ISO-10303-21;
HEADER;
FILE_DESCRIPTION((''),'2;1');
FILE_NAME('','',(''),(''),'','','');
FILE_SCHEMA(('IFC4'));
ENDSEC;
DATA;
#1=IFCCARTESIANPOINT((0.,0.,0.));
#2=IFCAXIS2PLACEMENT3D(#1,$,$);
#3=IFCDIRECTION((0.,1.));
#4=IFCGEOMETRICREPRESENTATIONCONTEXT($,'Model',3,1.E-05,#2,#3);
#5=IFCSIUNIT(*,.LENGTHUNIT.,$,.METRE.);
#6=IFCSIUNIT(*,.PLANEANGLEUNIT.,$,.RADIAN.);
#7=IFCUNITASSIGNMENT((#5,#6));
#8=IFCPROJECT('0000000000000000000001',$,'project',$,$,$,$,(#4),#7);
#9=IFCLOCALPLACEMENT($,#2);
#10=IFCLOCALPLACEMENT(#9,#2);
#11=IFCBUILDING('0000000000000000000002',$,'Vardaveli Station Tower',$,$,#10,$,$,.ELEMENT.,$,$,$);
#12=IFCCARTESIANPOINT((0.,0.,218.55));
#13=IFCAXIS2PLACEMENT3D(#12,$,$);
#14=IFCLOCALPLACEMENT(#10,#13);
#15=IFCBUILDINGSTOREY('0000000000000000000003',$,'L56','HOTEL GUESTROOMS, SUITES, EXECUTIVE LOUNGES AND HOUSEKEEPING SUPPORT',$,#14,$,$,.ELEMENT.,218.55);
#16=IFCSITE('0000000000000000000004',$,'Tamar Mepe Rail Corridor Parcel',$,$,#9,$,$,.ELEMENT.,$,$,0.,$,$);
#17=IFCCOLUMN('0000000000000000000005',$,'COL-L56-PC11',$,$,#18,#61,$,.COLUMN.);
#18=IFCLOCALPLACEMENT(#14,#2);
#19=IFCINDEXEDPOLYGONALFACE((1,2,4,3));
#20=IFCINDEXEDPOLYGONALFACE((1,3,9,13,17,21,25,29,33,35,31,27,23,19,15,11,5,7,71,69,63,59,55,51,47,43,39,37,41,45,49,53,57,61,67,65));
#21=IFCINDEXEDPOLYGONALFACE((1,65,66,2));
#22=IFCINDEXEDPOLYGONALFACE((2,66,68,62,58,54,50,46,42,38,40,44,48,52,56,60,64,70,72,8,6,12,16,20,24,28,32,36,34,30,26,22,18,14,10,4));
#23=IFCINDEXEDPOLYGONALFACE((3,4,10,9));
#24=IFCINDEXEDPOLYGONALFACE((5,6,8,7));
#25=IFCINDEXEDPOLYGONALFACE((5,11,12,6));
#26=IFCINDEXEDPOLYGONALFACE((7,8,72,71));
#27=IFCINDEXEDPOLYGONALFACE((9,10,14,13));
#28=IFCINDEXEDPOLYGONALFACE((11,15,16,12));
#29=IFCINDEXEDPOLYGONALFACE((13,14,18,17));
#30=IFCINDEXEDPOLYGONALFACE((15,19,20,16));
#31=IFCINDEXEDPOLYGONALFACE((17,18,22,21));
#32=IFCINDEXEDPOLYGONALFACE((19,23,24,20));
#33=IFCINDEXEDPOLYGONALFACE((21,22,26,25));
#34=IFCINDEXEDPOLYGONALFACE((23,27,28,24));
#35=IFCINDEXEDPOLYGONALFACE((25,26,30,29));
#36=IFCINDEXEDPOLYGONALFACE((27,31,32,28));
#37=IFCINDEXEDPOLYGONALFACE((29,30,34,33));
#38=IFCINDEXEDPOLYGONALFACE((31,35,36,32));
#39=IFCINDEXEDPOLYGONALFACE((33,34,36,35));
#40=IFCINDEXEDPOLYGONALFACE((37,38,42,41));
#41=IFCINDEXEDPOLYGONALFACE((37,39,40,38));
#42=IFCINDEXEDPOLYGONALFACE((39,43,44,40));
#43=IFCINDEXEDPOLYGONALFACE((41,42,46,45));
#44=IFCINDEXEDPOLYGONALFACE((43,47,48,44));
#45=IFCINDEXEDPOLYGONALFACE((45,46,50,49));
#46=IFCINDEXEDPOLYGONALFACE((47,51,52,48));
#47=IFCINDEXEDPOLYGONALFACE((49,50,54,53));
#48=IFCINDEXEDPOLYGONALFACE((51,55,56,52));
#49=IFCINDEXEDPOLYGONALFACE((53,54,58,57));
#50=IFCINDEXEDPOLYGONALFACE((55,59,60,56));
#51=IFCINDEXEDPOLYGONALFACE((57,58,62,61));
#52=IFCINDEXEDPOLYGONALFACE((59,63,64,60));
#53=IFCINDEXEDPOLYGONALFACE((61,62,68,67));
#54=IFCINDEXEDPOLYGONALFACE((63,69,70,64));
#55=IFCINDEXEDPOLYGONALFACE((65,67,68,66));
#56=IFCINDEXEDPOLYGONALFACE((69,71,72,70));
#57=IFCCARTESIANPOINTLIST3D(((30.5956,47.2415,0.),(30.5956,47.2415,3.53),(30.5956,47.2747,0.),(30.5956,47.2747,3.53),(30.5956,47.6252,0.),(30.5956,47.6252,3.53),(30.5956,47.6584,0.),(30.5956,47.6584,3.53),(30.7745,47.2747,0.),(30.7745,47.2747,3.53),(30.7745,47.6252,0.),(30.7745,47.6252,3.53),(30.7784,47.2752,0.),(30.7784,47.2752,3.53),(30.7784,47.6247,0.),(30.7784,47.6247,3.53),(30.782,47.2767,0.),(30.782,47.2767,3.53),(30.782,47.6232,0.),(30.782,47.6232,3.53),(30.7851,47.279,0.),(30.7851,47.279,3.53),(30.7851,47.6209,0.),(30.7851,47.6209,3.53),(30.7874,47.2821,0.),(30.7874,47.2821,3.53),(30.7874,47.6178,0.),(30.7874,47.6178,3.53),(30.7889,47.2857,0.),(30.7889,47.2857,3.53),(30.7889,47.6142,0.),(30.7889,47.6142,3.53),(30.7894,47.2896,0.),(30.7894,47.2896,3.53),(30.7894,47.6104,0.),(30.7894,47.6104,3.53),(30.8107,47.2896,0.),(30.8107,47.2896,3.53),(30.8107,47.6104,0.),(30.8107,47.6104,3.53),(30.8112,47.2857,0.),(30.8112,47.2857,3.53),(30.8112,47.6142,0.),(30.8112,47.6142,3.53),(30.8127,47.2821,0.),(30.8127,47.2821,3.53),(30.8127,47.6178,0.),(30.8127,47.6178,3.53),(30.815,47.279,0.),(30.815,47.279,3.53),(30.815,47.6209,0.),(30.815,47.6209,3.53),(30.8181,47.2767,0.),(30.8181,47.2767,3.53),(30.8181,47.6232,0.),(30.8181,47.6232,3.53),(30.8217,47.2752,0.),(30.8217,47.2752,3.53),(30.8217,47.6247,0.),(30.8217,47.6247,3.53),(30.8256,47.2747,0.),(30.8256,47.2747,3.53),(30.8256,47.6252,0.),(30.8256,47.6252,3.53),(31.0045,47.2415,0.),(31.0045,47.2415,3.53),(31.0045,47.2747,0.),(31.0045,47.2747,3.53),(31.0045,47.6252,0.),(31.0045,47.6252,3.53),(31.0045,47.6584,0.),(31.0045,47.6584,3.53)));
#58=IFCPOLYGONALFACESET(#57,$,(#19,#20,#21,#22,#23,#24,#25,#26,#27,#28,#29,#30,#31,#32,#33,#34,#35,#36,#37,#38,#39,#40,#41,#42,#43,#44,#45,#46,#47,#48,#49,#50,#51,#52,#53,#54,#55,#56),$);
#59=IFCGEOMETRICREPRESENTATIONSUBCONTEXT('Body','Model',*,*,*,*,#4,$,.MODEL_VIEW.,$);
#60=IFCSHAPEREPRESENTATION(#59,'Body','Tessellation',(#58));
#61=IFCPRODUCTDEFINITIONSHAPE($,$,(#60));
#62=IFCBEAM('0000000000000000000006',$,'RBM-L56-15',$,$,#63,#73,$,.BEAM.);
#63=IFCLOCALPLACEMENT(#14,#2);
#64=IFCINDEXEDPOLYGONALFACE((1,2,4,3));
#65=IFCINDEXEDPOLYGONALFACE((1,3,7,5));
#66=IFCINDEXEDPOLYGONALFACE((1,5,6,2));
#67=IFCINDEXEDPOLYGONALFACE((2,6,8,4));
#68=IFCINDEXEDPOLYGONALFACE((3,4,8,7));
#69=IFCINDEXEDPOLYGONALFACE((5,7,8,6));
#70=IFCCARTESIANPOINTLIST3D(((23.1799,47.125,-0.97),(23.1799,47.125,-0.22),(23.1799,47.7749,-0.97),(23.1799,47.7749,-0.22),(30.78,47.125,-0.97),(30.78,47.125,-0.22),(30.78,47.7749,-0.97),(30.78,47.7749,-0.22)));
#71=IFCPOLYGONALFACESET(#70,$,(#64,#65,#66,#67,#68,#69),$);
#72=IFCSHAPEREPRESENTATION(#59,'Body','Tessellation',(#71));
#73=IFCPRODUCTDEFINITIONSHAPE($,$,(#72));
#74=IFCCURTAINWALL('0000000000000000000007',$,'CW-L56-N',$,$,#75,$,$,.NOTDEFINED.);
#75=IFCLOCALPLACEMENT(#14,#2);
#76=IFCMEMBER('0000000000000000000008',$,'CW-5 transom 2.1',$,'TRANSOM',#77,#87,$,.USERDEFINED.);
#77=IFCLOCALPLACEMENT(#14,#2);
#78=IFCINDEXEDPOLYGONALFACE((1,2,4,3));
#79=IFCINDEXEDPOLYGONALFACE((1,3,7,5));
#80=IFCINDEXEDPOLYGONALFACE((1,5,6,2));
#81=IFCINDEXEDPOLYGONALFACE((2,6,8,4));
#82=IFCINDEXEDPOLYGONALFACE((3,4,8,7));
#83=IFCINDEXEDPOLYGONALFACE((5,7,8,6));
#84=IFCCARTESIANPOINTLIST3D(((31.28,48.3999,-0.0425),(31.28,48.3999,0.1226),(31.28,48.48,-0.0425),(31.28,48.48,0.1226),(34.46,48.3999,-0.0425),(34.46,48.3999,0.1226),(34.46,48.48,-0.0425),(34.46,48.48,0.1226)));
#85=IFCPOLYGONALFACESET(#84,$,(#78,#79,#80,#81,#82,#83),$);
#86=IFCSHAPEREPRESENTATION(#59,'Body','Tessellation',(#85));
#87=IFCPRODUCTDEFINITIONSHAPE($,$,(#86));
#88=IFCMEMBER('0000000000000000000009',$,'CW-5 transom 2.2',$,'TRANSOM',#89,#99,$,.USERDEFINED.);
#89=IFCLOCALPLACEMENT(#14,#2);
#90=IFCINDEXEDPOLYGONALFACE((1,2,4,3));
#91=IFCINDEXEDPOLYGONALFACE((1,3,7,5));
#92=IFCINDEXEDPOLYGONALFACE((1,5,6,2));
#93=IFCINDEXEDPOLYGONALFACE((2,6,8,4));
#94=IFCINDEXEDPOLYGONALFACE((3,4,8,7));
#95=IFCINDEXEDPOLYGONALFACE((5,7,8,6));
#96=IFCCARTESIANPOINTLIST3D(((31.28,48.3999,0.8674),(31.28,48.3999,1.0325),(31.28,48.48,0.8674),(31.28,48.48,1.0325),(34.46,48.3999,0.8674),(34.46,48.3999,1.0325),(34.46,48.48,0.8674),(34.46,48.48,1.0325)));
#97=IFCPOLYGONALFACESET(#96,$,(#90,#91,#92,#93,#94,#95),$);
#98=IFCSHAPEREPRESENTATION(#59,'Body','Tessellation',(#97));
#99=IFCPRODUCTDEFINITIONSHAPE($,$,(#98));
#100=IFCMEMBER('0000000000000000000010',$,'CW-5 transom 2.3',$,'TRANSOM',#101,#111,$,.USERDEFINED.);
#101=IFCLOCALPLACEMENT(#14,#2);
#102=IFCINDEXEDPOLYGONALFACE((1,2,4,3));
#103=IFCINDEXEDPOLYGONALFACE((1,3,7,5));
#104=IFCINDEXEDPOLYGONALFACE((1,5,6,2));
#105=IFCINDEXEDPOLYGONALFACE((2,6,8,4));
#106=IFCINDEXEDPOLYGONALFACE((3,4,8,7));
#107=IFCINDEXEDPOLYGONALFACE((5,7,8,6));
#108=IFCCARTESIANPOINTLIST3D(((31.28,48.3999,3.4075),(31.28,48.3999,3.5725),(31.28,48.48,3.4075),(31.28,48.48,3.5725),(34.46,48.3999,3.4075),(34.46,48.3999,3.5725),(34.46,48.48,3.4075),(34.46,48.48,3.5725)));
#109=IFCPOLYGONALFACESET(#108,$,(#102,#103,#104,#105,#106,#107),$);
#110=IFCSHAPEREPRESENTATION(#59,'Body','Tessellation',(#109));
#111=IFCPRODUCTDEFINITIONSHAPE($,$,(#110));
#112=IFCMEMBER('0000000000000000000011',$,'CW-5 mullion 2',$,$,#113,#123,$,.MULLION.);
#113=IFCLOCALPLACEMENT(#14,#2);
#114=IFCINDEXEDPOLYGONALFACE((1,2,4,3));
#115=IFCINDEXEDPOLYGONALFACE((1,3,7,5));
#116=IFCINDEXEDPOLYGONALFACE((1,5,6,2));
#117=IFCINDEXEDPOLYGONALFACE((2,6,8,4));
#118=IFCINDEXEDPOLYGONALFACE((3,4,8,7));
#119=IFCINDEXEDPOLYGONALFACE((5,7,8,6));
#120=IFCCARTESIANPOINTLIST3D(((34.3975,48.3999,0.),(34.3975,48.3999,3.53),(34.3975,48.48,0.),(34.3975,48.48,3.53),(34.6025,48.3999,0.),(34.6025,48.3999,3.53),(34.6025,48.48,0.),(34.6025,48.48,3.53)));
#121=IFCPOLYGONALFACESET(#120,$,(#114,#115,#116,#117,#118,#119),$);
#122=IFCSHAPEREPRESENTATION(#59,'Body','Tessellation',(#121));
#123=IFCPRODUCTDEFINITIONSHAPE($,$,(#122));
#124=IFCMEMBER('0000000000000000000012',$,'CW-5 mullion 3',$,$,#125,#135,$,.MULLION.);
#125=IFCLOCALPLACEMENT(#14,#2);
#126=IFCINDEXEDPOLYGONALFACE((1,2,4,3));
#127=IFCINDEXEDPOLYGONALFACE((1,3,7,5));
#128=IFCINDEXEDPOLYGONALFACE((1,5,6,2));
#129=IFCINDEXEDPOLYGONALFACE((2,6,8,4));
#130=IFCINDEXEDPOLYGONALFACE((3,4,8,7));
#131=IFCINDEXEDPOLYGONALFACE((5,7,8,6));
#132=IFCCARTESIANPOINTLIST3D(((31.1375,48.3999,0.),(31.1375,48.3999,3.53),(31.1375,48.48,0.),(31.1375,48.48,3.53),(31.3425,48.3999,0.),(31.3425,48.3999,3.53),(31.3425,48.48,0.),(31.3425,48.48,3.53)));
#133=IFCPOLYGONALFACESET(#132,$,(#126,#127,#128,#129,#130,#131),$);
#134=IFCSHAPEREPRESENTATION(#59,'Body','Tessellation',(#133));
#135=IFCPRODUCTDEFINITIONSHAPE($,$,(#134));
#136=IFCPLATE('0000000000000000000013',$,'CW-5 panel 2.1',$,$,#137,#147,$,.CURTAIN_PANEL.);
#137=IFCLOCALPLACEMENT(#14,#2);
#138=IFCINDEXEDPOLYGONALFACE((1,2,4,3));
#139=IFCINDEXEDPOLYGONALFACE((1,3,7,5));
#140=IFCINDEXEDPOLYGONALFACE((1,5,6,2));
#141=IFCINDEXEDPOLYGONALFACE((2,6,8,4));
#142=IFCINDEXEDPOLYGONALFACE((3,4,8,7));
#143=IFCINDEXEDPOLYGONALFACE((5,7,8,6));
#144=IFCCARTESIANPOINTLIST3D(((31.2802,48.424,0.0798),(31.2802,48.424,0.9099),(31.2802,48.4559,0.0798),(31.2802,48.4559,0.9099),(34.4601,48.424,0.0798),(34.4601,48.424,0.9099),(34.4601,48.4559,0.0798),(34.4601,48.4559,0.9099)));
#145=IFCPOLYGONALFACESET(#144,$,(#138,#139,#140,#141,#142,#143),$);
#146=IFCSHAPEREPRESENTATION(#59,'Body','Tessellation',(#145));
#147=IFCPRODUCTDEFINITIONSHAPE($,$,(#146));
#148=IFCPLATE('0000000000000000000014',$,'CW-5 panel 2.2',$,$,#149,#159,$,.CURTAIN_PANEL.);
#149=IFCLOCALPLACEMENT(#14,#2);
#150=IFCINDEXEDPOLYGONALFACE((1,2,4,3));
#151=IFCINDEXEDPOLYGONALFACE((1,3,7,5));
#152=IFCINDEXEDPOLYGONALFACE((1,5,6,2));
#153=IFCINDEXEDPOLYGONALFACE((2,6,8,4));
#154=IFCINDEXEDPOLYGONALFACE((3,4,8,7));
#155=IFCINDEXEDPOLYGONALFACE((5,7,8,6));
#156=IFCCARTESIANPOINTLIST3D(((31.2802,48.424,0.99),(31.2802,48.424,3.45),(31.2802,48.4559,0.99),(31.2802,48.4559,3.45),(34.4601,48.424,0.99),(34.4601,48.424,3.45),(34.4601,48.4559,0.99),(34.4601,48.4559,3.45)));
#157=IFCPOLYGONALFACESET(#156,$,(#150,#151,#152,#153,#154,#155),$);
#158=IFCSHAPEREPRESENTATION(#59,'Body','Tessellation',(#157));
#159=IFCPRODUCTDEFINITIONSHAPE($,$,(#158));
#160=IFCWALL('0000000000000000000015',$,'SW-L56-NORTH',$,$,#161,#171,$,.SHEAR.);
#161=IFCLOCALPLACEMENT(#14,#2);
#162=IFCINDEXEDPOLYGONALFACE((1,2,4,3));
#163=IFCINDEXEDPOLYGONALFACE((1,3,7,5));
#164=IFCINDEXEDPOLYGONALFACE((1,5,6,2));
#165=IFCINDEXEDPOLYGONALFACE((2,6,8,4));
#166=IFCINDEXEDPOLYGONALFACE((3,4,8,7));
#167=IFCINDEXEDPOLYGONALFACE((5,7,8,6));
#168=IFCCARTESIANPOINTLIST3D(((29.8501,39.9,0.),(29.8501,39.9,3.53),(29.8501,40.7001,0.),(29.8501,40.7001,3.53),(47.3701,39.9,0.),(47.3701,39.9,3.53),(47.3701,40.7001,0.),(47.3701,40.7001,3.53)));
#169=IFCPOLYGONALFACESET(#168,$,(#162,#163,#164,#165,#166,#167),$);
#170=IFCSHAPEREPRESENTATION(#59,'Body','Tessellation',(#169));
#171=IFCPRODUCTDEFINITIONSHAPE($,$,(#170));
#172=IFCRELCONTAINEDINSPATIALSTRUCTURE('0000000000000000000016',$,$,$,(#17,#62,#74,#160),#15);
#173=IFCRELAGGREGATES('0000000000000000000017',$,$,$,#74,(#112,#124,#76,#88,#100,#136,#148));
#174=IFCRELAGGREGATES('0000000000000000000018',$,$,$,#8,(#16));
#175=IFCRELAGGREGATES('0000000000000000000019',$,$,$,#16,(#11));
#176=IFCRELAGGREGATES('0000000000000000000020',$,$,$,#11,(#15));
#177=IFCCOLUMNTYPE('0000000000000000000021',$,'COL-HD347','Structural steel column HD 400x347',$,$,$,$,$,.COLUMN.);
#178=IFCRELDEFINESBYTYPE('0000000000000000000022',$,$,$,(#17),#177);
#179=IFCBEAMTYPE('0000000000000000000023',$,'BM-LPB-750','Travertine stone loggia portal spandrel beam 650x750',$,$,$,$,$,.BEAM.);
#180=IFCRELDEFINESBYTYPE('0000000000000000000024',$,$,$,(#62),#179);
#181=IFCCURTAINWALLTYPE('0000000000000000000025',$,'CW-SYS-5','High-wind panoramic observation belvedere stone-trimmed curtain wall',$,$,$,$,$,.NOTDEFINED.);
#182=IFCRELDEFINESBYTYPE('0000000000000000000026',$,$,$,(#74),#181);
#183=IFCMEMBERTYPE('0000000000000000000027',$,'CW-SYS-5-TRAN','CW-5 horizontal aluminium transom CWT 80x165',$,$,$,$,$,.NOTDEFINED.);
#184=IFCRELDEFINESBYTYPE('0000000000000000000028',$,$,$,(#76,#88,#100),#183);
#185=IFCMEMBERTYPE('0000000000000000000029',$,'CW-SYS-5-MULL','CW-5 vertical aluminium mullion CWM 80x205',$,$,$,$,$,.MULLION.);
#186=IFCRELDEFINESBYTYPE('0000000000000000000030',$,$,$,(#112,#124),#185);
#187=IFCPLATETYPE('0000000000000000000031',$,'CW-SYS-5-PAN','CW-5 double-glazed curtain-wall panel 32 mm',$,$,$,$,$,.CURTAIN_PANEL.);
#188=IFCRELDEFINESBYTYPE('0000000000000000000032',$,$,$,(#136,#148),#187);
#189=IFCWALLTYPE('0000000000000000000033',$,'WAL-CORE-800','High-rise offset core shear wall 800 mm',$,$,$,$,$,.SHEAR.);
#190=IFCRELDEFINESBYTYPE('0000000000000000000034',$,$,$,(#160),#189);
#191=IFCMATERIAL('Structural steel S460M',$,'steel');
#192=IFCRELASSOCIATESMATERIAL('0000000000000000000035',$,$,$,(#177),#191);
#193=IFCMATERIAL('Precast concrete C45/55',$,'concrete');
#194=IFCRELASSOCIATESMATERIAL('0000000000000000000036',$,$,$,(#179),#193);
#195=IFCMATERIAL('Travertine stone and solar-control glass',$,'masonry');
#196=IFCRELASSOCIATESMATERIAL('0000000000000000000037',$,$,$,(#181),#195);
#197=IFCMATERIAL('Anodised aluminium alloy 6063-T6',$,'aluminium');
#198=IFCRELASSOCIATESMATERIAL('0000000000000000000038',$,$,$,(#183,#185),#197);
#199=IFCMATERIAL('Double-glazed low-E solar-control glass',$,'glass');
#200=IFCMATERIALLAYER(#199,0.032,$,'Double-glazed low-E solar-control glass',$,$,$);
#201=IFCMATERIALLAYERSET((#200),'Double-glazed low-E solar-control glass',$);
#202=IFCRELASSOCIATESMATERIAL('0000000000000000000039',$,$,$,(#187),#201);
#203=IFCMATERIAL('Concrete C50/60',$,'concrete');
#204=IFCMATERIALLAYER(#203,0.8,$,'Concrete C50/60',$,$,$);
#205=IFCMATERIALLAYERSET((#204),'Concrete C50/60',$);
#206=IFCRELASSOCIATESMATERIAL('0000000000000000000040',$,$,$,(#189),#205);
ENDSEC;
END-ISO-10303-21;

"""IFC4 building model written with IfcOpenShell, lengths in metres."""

from ifc_helpers import new_model, si_unit, direction, frame, frame_2d, origin, origin_2d, place, context, subcontext, project, spatial, rectangle, i_section, extrude, source, transform, mapped, material, layer, layer_set, material_profile, profile_set, type_object, element, aggregate, save


model = new_model("IFC4")

# Units and contexts
model_context = context("Model", 3, precision=1e-05, world=origin(), true_north=direction((0.0, 1.0)))
body_context = subcontext(model_context, "Body", "Model", "MODEL_VIEW")
ifc_project = project(units=[si_unit("LENGTHUNIT", "METRE"), si_unit("PLANEANGLEUNIT", "RADIAN")], contexts=[model_context])

# Site, building, storey
site_placement = place(None, origin())
site = spatial("IfcSite", under=ifc_project, at=site_placement, Name="Tamar Mepe Rail Corridor Parcel", CompositionType="ELEMENT", RefElevation=0.0)
building_placement = place(site_placement, origin())
building = spatial("IfcBuilding", under=site, at=building_placement, Name="Vardaveli Station Tower", CompositionType="ELEMENT")
storey_placement = place(building_placement, frame((0.0, 0.0, 218.55)))
storey = spatial("IfcBuildingStorey", under=building, at=storey_placement, Name="L56", Description="HOTEL GUESTROOMS, SUITES, EXECUTIVE LOUNGES AND HOUSEKEEPING SUPPORT", CompositionType="ELEMENT", Elevation=218.55)

# Column
ifc_material_1 = material(Name="Structural steel S460M", Category="steel")
ifc_material_profile_1 = material_profile(ifc_material_1, i_section(OverallWidth=0.4089, OverallDepth=0.417, WebThickness=0.0212, FlangeThickness=0.0332, FilletRadius=0.0149, at=origin_2d()), Name="HD 400x347")
ifc_profile_set_1 = profile_set([ifc_material_profile_1], Name="Structural steel S460M")
column_type = type_object("IfcColumnType", Name="COL-HD347", Description="Structural steel column HD 400x347", PredefinedType="COLUMN", material=ifc_profile_set_1)
shared_shape_1 = source(origin(), body_context, "Body", "SweptSolid", [
    extrude(i_section(OverallWidth=0.4089, OverallDepth=0.417, WebThickness=0.0212, FlangeThickness=0.0332, FilletRadius=0.0149, at=origin_2d()), origin(), (0.0, 0.0, 1.0), 3.53),
])
column_placement = place(storey_placement, frame((30.8, 47.45, 0.0), z_axis=(0.0, 0.0, 1.0), x_axis=(1.0, 0.0, 0.0)))
element("IfcColumn", 1, at=column_placement, inside=storey, type_object=column_type, Name="COL-L56-PC11", PredefinedType="COLUMN", context=body_context, shape_type="MappedRepresentation", body=[
    mapped(shared_shape_1, transform((0.0, 0.0, 0.0), scale=1.0)),
])

# Beam
ifc_material_2 = material(Name="Precast concrete C45/55", Category="concrete")
ifc_material_profile_2 = material_profile(ifc_material_2, rectangle(XDim=0.6499, YDim=0.75, at=origin_2d()), Name="LPB 650x750")
ifc_profile_set_2 = profile_set([ifc_material_profile_2], Name="Precast concrete C45/55")
beam_type = type_object("IfcBeamType", Name="BM-LPB-750", Description="Travertine stone loggia portal spandrel beam 650x750", PredefinedType="BEAM", material=ifc_profile_set_2)
shared_shape_2 = source(origin(), body_context, "Body", "SweptSolid", [
    extrude(rectangle(XDim=0.6499, YDim=0.75, at=origin_2d()), origin(), (0.0, 0.0, 1.0), 7.6001),
])
beam_placement = place(storey_placement, frame((30.78, 47.45, -0.595), z_axis=(-1.0, 0.0, 0.0), x_axis=(0.0, -1.0, 0.0)))
element("IfcBeam", 2, at=beam_placement, inside=storey, type_object=beam_type, Name="RBM-L56-15", PredefinedType="BEAM", context=body_context, shape_type="MappedRepresentation", body=[
    mapped(shared_shape_2, transform((0.0, 0.0, 0.0), scale=1.0)),
])

# Curtain wall, members, plates
ifc_material_3 = material(Name="Travertine stone and solar-control glass", Category="masonry")
curtain_wall_type = type_object("IfcCurtainWallType", Name="CW-SYS-5", Description="High-wind panoramic observation belvedere stone-trimmed curtain wall", PredefinedType="NOTDEFINED", material=ifc_material_3)
curtain_wall_placement = place(storey_placement, origin())
curtain_wall = element("IfcCurtainWall", 3, at=curtain_wall_placement, inside=storey, type_object=curtain_wall_type, Name="CW-L56-N", PredefinedType="NOTDEFINED")
ifc_material_4 = material(Name="Anodised aluminium alloy 6063-T6", Category="aluminium")
ifc_material_profile_3 = material_profile(ifc_material_4, rectangle(XDim=0.0801, YDim=0.165, at=origin_2d()), Name="CWT 80x165")
ifc_profile_set_3 = profile_set([ifc_material_profile_3], Name="Anodised aluminium alloy 6063-T6")
member_type_1 = type_object("IfcMemberType", Name="CW-SYS-5-TRAN", Description="CW-5 horizontal aluminium transom CWT 80x165", PredefinedType="NOTDEFINED", material=ifc_profile_set_3)
shared_shape_3 = source(origin(), body_context, "Body", "SweptSolid", [
    extrude(rectangle(XDim=0.0801, YDim=0.165, at=origin_2d()), origin(), (0.0, 0.0, 1.0), 3.1799),
])
member_1_placement = place(storey_placement, frame((34.46, 48.4399, 0.04), z_axis=(-1.0, 0.0, 0.0), x_axis=(0.0, -1.0, 0.0)))
member_1 = element("IfcMember", 4, at=member_1_placement, type_object=member_type_1, Name="CW-5 transom 2.1", ObjectType="TRANSOM", PredefinedType="USERDEFINED", context=body_context, shape_type="MappedRepresentation", body=[
    mapped(shared_shape_3, transform((0.0, 0.0, 0.0), scale=1.0)),
])
member_2_placement = place(storey_placement, frame((34.46, 48.4399, 0.95), z_axis=(-1.0, 0.0, 0.0), x_axis=(0.0, -1.0, 0.0)))
member_2 = element("IfcMember", 5, at=member_2_placement, type_object=member_type_1, Name="CW-5 transom 2.2", ObjectType="TRANSOM", PredefinedType="USERDEFINED", context=body_context, shape_type="MappedRepresentation", body=[
    mapped(shared_shape_3, transform((0.0, 0.0, 0.0), scale=1.0)),
])
member_3_placement = place(storey_placement, frame((34.46, 48.4399, 3.49), z_axis=(-1.0, 0.0, 0.0), x_axis=(0.0, -1.0, 0.0)))
member_3 = element("IfcMember", 6, at=member_3_placement, type_object=member_type_1, Name="CW-5 transom 2.3", ObjectType="TRANSOM", PredefinedType="USERDEFINED", context=body_context, shape_type="MappedRepresentation", body=[
    mapped(shared_shape_3, transform((0.0, 0.0, 0.0), scale=1.0)),
])
ifc_material_profile_4 = material_profile(ifc_material_4, rectangle(XDim=0.0801, YDim=0.2051, at=origin_2d()), Name="CWM 80x205")
ifc_profile_set_4 = profile_set([ifc_material_profile_4], Name="Anodised aluminium alloy 6063-T6")
member_type_2 = type_object("IfcMemberType", Name="CW-SYS-5-MULL", Description="CW-5 vertical aluminium mullion CWM 80x205", PredefinedType="MULLION", material=ifc_profile_set_4)
shared_shape_4 = source(origin(), body_context, "Body", "SweptSolid", [
    extrude(rectangle(XDim=0.0801, YDim=0.2051, at=origin_2d()), origin(), (0.0, 0.0, 1.0), 3.53),
])
member_4_placement = place(storey_placement, frame((34.5, 48.4399, 0.0), z_axis=(0.0, 0.0, 1.0), x_axis=(0.0, -1.0, 0.0)))
member_4 = element("IfcMember", 7, at=member_4_placement, type_object=member_type_2, Name="CW-5 mullion 2", PredefinedType="MULLION", context=body_context, shape_type="MappedRepresentation", body=[
    mapped(shared_shape_4, transform((0.0, 0.0, 0.0), scale=1.0)),
])
member_5_placement = place(storey_placement, frame((31.24, 48.4399, 0.0), z_axis=(0.0, 0.0, 1.0), x_axis=(0.0, -1.0, 0.0)))
member_5 = element("IfcMember", 8, at=member_5_placement, type_object=member_type_2, Name="CW-5 mullion 3", PredefinedType="MULLION", context=body_context, shape_type="MappedRepresentation", body=[
    mapped(shared_shape_4, transform((0.0, 0.0, 0.0), scale=1.0)),
])
ifc_material_5 = material(Name="Double-glazed low-E solar-control glass", Category="glass")
ifc_layer_1 = layer(ifc_material_5, 0.032, Name="Double-glazed low-E solar-control glass")
ifc_layer_set_1 = layer_set([ifc_layer_1], Name="Double-glazed low-E solar-control glass")
plate_type = type_object("IfcPlateType", Name="CW-SYS-5-PAN", Description="CW-5 double-glazed curtain-wall panel 32 mm", PredefinedType="CURTAIN_PANEL", material=ifc_layer_set_1)
shared_shape_5 = source(origin(), body_context, "Body", "SweptSolid", [
    extrude(rectangle(XDim=3.1799, YDim=0.032, at=origin_2d()), origin(), (0.0, 0.0, 1.0), 0.8301),
])
plate_1_placement = place(storey_placement, frame((32.8701, 48.4399, 0.0798), z_axis=(0.0, 0.0, 1.0), x_axis=(-1.0, 0.0, 0.0)))
plate_1 = element("IfcPlate", 9, at=plate_1_placement, type_object=plate_type, Name="CW-5 panel 2.1", PredefinedType="CURTAIN_PANEL", context=body_context, shape_type="MappedRepresentation", body=[
    mapped(shared_shape_5, transform((0.0, 0.0, 0.0), scale=1.0)),
])
shared_shape_6 = source(origin(), body_context, "Body", "SweptSolid", [
    extrude(rectangle(XDim=3.1799, YDim=0.032, at=origin_2d()), origin(), (0.0, 0.0, 1.0), 2.46),
])
plate_2_placement = place(storey_placement, frame((32.8701, 48.4399, 0.99), z_axis=(0.0, 0.0, 1.0), x_axis=(-1.0, 0.0, 0.0)))
plate_2 = element("IfcPlate", 10, at=plate_2_placement, type_object=plate_type, Name="CW-5 panel 2.2", PredefinedType="CURTAIN_PANEL", context=body_context, shape_type="MappedRepresentation", body=[
    mapped(shared_shape_6, transform((0.0, 0.0, 0.0), scale=1.0)),
])
aggregate(curtain_wall, [member_4, member_5, member_1, member_2, member_3, plate_1, plate_2])

# Wall
ifc_material_6 = material(Name="Concrete C50/60", Category="concrete")
ifc_layer_2 = layer(ifc_material_6, 0.8, Name="Concrete C50/60")
ifc_layer_set_2 = layer_set([ifc_layer_2], Name="Concrete C50/60")
wall_type_1 = type_object("IfcWallType", Name="WAL-CORE-800", Description="High-rise offset core shear wall 800 mm", PredefinedType="SHEAR", material=ifc_layer_set_2)
shared_shape_7 = source(origin(), body_context, "Body", "SweptSolid", [
    extrude(rectangle(XDim=17.52, YDim=0.8, at=frame_2d((8.76, 0.0))), origin(), (0.0, 0.0, 1.0), 3.53),
])
wall_1_placement = place(storey_placement, frame((29.8501, 40.3, 0.0), z_axis=(0.0, 0.0, 1.0), x_axis=(1.0, 0.0, 0.0)))
element("IfcWall", 11, at=wall_1_placement, inside=storey, type_object=wall_type_1, Name="SW-L56-NORTH", PredefinedType="SHEAR", context=body_context, shape_type="MappedRepresentation", body=[
    mapped(shared_shape_7, transform((0.0, 0.0, 0.0), scale=1.0)),
])

save(model, "model.ifc")
